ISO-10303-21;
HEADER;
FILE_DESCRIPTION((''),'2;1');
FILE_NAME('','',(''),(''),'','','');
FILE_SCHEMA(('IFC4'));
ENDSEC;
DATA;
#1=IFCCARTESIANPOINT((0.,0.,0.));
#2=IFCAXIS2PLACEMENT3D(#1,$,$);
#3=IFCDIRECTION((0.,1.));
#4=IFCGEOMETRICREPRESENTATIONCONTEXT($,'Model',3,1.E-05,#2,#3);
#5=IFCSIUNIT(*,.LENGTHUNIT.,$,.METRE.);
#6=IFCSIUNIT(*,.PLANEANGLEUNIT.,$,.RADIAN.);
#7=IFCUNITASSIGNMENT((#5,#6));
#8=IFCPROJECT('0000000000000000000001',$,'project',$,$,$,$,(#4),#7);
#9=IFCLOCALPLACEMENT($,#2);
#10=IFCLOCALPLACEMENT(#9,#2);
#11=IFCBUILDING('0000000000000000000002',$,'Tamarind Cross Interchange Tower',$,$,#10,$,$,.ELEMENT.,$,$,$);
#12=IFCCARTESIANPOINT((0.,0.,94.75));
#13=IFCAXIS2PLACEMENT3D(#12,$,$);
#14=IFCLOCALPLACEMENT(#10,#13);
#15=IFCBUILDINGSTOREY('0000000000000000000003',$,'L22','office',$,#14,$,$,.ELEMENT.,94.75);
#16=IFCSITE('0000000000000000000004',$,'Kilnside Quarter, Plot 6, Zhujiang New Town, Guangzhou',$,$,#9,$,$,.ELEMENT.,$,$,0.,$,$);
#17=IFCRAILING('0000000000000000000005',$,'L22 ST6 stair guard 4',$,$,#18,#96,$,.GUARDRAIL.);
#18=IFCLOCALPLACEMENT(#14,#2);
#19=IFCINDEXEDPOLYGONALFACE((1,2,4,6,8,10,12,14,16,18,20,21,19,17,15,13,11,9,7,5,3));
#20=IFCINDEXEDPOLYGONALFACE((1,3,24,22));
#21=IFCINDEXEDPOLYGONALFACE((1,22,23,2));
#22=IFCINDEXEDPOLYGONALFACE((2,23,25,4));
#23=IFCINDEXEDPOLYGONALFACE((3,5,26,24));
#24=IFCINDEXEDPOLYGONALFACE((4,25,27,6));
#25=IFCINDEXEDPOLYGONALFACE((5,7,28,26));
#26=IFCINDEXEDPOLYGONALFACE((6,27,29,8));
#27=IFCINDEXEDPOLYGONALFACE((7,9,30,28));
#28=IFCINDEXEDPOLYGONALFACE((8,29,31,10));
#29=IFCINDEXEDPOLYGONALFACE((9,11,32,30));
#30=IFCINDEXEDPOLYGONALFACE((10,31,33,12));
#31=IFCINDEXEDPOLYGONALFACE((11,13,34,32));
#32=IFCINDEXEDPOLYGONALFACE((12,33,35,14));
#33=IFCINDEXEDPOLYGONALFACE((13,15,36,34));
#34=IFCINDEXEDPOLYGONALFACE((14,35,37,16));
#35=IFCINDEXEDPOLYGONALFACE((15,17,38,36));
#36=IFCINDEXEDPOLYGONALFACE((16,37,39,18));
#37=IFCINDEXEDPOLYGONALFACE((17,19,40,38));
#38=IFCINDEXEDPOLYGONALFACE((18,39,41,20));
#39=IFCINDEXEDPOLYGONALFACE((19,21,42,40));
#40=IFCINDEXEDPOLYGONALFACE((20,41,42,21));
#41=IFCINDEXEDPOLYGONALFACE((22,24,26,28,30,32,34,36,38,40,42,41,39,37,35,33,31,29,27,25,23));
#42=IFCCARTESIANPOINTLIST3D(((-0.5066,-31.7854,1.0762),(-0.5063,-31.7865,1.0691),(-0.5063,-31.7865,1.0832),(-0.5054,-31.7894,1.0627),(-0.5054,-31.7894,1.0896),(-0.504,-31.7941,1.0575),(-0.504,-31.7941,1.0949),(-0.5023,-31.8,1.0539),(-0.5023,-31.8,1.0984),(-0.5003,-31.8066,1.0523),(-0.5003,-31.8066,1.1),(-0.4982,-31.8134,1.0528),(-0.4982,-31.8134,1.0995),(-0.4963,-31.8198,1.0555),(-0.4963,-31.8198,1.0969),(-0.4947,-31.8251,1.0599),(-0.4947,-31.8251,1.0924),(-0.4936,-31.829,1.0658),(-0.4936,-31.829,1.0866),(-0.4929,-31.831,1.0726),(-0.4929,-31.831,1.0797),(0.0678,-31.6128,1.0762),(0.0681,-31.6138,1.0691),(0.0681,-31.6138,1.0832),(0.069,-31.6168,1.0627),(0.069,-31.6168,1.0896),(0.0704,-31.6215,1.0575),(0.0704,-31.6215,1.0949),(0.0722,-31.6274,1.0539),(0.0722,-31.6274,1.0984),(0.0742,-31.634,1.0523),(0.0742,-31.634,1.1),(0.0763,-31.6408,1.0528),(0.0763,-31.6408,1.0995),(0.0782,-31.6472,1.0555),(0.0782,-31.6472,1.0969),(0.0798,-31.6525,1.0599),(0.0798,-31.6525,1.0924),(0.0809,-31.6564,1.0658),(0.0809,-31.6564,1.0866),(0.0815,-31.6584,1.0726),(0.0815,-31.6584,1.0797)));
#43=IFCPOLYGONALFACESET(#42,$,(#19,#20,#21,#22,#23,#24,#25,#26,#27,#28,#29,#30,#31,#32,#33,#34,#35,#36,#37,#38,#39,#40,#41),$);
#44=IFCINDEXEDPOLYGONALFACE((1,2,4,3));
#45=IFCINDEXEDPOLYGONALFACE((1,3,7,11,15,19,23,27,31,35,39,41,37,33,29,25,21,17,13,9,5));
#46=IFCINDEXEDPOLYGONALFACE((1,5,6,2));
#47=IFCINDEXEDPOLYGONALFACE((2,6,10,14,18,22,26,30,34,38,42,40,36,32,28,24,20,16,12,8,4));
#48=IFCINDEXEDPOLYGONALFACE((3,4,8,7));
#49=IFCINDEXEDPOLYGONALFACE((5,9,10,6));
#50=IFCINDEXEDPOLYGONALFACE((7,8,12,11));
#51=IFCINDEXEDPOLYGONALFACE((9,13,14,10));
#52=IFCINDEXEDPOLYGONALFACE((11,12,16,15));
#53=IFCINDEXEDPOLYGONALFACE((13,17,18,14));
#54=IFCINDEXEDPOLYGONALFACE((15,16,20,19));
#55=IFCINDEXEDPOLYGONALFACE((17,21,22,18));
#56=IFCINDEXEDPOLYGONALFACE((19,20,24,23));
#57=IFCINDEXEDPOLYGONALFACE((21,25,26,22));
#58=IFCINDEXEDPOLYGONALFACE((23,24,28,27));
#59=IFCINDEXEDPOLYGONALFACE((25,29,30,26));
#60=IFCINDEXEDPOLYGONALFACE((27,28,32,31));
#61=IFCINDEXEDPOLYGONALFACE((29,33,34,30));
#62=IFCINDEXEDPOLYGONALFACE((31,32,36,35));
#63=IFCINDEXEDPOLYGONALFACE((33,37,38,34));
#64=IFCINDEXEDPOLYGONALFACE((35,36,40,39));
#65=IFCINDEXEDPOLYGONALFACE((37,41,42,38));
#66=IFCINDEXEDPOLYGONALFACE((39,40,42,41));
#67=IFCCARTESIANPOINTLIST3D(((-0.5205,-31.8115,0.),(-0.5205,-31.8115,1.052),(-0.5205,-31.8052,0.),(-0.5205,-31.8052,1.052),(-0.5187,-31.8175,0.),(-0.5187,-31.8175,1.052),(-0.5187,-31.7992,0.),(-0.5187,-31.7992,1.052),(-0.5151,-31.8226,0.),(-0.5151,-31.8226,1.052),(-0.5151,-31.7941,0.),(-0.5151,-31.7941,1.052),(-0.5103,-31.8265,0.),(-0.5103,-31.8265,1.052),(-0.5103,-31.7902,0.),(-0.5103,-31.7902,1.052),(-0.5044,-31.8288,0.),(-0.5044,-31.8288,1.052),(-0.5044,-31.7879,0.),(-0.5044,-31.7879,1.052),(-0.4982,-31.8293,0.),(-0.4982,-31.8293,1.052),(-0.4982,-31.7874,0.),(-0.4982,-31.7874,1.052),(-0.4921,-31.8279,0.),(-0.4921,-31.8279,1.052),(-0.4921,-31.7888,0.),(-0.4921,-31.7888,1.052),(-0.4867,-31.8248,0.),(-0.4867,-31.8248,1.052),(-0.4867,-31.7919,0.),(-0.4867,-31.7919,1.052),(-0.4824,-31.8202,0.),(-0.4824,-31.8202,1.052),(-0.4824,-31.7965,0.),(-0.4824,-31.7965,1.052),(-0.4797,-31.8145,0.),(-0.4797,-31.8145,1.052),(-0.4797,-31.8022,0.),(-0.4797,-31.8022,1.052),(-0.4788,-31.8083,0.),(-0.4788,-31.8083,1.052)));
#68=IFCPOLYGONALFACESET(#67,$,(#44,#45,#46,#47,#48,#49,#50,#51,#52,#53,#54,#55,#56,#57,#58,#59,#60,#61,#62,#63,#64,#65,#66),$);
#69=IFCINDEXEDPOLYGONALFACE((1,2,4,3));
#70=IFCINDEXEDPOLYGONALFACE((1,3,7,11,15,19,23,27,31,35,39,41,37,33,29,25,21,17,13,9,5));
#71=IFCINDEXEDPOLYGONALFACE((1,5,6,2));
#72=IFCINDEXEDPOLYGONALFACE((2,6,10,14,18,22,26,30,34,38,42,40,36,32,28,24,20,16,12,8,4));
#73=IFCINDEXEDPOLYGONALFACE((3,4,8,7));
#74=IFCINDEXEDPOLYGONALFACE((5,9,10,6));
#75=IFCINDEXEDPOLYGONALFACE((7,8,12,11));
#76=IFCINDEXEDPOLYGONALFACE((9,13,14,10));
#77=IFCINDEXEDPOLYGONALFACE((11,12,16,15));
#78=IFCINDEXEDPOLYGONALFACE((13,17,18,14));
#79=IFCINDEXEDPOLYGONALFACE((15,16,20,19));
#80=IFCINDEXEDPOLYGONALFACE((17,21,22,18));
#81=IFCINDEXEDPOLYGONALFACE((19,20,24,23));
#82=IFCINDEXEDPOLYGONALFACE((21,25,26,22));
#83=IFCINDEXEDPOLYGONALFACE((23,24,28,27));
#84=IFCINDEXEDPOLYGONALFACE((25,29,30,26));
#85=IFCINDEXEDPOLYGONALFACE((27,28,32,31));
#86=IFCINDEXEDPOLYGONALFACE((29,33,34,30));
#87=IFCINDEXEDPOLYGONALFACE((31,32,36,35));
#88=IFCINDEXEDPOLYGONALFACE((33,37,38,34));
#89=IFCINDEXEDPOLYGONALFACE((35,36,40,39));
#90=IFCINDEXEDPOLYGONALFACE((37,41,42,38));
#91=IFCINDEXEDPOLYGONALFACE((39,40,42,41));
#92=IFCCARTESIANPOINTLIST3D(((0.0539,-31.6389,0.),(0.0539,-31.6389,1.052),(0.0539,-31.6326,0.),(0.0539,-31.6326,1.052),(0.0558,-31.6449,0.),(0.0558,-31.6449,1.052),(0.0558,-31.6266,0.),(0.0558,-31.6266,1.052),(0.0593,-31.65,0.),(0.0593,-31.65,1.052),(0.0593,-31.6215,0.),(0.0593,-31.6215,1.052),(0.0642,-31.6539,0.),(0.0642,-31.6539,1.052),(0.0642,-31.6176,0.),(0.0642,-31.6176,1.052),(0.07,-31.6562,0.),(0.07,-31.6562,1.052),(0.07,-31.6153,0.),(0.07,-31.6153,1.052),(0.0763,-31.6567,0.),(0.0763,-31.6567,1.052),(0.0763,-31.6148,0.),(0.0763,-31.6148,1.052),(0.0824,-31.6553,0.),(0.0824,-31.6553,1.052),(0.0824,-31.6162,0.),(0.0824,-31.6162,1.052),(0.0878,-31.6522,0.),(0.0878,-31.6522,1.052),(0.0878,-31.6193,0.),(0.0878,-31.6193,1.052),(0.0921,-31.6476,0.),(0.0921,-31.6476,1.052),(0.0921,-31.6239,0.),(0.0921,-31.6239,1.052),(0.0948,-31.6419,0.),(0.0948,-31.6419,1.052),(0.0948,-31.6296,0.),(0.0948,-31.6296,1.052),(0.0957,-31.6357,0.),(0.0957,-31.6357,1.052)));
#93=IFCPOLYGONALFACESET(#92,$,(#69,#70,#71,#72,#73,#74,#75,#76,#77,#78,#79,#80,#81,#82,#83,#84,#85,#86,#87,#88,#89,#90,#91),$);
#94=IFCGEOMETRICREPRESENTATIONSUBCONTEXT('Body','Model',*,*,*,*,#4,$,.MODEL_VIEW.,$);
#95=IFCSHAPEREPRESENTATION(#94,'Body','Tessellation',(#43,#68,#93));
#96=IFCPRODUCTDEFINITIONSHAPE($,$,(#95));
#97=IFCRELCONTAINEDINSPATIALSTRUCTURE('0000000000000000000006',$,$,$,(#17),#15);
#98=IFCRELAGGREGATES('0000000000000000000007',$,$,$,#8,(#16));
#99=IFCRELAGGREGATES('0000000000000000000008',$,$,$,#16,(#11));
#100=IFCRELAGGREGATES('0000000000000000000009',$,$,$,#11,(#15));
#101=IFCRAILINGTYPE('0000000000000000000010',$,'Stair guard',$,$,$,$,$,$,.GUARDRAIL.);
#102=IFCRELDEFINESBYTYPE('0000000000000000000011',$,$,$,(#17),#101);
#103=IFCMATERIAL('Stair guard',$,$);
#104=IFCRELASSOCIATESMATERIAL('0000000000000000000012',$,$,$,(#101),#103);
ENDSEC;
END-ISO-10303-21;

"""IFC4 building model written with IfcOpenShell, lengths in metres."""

from ifc_helpers import new_model, si_unit, direction, frame, origin, origin_2d, place, context, subcontext, project, spatial, circle, extrude, material, type_object, element, save


model = new_model("IFC4")

# Units and contexts
model_context = context("Model", 3, precision=1e-05, world=origin(), true_north=direction((0.0, 1.0)))
body_context = subcontext(model_context, "Body", "Model", "MODEL_VIEW")
ifc_project = project(units=[si_unit("LENGTHUNIT", "METRE"), si_unit("PLANEANGLEUNIT", "RADIAN")], contexts=[model_context])

# Site, building, storey
site_placement = place(None, origin())
site = spatial("IfcSite", under=ifc_project, at=site_placement, Name="Kilnside Quarter, Plot 6, Zhujiang New Town, Guangzhou", CompositionType="ELEMENT", RefElevation=0.0)
building_placement = place(site_placement, origin())
building = spatial("IfcBuilding", under=site, at=building_placement, Name="Tamarind Cross Interchange Tower", CompositionType="ELEMENT")
storey_placement = place(building_placement, frame((0.0, 0.0, 94.75)))
storey = spatial("IfcBuildingStorey", under=building, at=storey_placement, Name="L22", Description="office", CompositionType="ELEMENT", Elevation=94.75)

# Railing
ifc_material_1 = material(Name="Stair guard")
railing_type_1 = type_object("IfcRailingType", Name="Stair guard", PredefinedType="GUARDRAIL", material=ifc_material_1)
railing_1_placement = place(storey_placement, frame((-0.4998, -31.8083, 0.0)))
element("IfcRailing", 1, at=railing_1_placement, inside=storey, type_object=railing_type_1, Name="L22 ST6 stair guard 4", PredefinedType="GUARDRAIL", context=body_context, shape_type="SweptSolid", body=[
    extrude(circle(Radius=0.0239, at=origin_2d()), frame((0.0, 0.0, 1.0762), z_axis=(0.957703, 0.287759, 0.0), x_axis=(-0.287759, 0.957703, 0.0)), (0.0, 0.0, 1.0), 0.5999),
    extrude(circle(Radius=0.021, at=origin_2d()), origin(), (0.0, 0.0, 1.0), 1.052),
    extrude(circle(Radius=0.021, at=origin_2d()), frame((0.5745, 0.1726, 0.0)), (0.0, 0.0, 1.0), 1.052),
])

save(model, "model.ifc")
